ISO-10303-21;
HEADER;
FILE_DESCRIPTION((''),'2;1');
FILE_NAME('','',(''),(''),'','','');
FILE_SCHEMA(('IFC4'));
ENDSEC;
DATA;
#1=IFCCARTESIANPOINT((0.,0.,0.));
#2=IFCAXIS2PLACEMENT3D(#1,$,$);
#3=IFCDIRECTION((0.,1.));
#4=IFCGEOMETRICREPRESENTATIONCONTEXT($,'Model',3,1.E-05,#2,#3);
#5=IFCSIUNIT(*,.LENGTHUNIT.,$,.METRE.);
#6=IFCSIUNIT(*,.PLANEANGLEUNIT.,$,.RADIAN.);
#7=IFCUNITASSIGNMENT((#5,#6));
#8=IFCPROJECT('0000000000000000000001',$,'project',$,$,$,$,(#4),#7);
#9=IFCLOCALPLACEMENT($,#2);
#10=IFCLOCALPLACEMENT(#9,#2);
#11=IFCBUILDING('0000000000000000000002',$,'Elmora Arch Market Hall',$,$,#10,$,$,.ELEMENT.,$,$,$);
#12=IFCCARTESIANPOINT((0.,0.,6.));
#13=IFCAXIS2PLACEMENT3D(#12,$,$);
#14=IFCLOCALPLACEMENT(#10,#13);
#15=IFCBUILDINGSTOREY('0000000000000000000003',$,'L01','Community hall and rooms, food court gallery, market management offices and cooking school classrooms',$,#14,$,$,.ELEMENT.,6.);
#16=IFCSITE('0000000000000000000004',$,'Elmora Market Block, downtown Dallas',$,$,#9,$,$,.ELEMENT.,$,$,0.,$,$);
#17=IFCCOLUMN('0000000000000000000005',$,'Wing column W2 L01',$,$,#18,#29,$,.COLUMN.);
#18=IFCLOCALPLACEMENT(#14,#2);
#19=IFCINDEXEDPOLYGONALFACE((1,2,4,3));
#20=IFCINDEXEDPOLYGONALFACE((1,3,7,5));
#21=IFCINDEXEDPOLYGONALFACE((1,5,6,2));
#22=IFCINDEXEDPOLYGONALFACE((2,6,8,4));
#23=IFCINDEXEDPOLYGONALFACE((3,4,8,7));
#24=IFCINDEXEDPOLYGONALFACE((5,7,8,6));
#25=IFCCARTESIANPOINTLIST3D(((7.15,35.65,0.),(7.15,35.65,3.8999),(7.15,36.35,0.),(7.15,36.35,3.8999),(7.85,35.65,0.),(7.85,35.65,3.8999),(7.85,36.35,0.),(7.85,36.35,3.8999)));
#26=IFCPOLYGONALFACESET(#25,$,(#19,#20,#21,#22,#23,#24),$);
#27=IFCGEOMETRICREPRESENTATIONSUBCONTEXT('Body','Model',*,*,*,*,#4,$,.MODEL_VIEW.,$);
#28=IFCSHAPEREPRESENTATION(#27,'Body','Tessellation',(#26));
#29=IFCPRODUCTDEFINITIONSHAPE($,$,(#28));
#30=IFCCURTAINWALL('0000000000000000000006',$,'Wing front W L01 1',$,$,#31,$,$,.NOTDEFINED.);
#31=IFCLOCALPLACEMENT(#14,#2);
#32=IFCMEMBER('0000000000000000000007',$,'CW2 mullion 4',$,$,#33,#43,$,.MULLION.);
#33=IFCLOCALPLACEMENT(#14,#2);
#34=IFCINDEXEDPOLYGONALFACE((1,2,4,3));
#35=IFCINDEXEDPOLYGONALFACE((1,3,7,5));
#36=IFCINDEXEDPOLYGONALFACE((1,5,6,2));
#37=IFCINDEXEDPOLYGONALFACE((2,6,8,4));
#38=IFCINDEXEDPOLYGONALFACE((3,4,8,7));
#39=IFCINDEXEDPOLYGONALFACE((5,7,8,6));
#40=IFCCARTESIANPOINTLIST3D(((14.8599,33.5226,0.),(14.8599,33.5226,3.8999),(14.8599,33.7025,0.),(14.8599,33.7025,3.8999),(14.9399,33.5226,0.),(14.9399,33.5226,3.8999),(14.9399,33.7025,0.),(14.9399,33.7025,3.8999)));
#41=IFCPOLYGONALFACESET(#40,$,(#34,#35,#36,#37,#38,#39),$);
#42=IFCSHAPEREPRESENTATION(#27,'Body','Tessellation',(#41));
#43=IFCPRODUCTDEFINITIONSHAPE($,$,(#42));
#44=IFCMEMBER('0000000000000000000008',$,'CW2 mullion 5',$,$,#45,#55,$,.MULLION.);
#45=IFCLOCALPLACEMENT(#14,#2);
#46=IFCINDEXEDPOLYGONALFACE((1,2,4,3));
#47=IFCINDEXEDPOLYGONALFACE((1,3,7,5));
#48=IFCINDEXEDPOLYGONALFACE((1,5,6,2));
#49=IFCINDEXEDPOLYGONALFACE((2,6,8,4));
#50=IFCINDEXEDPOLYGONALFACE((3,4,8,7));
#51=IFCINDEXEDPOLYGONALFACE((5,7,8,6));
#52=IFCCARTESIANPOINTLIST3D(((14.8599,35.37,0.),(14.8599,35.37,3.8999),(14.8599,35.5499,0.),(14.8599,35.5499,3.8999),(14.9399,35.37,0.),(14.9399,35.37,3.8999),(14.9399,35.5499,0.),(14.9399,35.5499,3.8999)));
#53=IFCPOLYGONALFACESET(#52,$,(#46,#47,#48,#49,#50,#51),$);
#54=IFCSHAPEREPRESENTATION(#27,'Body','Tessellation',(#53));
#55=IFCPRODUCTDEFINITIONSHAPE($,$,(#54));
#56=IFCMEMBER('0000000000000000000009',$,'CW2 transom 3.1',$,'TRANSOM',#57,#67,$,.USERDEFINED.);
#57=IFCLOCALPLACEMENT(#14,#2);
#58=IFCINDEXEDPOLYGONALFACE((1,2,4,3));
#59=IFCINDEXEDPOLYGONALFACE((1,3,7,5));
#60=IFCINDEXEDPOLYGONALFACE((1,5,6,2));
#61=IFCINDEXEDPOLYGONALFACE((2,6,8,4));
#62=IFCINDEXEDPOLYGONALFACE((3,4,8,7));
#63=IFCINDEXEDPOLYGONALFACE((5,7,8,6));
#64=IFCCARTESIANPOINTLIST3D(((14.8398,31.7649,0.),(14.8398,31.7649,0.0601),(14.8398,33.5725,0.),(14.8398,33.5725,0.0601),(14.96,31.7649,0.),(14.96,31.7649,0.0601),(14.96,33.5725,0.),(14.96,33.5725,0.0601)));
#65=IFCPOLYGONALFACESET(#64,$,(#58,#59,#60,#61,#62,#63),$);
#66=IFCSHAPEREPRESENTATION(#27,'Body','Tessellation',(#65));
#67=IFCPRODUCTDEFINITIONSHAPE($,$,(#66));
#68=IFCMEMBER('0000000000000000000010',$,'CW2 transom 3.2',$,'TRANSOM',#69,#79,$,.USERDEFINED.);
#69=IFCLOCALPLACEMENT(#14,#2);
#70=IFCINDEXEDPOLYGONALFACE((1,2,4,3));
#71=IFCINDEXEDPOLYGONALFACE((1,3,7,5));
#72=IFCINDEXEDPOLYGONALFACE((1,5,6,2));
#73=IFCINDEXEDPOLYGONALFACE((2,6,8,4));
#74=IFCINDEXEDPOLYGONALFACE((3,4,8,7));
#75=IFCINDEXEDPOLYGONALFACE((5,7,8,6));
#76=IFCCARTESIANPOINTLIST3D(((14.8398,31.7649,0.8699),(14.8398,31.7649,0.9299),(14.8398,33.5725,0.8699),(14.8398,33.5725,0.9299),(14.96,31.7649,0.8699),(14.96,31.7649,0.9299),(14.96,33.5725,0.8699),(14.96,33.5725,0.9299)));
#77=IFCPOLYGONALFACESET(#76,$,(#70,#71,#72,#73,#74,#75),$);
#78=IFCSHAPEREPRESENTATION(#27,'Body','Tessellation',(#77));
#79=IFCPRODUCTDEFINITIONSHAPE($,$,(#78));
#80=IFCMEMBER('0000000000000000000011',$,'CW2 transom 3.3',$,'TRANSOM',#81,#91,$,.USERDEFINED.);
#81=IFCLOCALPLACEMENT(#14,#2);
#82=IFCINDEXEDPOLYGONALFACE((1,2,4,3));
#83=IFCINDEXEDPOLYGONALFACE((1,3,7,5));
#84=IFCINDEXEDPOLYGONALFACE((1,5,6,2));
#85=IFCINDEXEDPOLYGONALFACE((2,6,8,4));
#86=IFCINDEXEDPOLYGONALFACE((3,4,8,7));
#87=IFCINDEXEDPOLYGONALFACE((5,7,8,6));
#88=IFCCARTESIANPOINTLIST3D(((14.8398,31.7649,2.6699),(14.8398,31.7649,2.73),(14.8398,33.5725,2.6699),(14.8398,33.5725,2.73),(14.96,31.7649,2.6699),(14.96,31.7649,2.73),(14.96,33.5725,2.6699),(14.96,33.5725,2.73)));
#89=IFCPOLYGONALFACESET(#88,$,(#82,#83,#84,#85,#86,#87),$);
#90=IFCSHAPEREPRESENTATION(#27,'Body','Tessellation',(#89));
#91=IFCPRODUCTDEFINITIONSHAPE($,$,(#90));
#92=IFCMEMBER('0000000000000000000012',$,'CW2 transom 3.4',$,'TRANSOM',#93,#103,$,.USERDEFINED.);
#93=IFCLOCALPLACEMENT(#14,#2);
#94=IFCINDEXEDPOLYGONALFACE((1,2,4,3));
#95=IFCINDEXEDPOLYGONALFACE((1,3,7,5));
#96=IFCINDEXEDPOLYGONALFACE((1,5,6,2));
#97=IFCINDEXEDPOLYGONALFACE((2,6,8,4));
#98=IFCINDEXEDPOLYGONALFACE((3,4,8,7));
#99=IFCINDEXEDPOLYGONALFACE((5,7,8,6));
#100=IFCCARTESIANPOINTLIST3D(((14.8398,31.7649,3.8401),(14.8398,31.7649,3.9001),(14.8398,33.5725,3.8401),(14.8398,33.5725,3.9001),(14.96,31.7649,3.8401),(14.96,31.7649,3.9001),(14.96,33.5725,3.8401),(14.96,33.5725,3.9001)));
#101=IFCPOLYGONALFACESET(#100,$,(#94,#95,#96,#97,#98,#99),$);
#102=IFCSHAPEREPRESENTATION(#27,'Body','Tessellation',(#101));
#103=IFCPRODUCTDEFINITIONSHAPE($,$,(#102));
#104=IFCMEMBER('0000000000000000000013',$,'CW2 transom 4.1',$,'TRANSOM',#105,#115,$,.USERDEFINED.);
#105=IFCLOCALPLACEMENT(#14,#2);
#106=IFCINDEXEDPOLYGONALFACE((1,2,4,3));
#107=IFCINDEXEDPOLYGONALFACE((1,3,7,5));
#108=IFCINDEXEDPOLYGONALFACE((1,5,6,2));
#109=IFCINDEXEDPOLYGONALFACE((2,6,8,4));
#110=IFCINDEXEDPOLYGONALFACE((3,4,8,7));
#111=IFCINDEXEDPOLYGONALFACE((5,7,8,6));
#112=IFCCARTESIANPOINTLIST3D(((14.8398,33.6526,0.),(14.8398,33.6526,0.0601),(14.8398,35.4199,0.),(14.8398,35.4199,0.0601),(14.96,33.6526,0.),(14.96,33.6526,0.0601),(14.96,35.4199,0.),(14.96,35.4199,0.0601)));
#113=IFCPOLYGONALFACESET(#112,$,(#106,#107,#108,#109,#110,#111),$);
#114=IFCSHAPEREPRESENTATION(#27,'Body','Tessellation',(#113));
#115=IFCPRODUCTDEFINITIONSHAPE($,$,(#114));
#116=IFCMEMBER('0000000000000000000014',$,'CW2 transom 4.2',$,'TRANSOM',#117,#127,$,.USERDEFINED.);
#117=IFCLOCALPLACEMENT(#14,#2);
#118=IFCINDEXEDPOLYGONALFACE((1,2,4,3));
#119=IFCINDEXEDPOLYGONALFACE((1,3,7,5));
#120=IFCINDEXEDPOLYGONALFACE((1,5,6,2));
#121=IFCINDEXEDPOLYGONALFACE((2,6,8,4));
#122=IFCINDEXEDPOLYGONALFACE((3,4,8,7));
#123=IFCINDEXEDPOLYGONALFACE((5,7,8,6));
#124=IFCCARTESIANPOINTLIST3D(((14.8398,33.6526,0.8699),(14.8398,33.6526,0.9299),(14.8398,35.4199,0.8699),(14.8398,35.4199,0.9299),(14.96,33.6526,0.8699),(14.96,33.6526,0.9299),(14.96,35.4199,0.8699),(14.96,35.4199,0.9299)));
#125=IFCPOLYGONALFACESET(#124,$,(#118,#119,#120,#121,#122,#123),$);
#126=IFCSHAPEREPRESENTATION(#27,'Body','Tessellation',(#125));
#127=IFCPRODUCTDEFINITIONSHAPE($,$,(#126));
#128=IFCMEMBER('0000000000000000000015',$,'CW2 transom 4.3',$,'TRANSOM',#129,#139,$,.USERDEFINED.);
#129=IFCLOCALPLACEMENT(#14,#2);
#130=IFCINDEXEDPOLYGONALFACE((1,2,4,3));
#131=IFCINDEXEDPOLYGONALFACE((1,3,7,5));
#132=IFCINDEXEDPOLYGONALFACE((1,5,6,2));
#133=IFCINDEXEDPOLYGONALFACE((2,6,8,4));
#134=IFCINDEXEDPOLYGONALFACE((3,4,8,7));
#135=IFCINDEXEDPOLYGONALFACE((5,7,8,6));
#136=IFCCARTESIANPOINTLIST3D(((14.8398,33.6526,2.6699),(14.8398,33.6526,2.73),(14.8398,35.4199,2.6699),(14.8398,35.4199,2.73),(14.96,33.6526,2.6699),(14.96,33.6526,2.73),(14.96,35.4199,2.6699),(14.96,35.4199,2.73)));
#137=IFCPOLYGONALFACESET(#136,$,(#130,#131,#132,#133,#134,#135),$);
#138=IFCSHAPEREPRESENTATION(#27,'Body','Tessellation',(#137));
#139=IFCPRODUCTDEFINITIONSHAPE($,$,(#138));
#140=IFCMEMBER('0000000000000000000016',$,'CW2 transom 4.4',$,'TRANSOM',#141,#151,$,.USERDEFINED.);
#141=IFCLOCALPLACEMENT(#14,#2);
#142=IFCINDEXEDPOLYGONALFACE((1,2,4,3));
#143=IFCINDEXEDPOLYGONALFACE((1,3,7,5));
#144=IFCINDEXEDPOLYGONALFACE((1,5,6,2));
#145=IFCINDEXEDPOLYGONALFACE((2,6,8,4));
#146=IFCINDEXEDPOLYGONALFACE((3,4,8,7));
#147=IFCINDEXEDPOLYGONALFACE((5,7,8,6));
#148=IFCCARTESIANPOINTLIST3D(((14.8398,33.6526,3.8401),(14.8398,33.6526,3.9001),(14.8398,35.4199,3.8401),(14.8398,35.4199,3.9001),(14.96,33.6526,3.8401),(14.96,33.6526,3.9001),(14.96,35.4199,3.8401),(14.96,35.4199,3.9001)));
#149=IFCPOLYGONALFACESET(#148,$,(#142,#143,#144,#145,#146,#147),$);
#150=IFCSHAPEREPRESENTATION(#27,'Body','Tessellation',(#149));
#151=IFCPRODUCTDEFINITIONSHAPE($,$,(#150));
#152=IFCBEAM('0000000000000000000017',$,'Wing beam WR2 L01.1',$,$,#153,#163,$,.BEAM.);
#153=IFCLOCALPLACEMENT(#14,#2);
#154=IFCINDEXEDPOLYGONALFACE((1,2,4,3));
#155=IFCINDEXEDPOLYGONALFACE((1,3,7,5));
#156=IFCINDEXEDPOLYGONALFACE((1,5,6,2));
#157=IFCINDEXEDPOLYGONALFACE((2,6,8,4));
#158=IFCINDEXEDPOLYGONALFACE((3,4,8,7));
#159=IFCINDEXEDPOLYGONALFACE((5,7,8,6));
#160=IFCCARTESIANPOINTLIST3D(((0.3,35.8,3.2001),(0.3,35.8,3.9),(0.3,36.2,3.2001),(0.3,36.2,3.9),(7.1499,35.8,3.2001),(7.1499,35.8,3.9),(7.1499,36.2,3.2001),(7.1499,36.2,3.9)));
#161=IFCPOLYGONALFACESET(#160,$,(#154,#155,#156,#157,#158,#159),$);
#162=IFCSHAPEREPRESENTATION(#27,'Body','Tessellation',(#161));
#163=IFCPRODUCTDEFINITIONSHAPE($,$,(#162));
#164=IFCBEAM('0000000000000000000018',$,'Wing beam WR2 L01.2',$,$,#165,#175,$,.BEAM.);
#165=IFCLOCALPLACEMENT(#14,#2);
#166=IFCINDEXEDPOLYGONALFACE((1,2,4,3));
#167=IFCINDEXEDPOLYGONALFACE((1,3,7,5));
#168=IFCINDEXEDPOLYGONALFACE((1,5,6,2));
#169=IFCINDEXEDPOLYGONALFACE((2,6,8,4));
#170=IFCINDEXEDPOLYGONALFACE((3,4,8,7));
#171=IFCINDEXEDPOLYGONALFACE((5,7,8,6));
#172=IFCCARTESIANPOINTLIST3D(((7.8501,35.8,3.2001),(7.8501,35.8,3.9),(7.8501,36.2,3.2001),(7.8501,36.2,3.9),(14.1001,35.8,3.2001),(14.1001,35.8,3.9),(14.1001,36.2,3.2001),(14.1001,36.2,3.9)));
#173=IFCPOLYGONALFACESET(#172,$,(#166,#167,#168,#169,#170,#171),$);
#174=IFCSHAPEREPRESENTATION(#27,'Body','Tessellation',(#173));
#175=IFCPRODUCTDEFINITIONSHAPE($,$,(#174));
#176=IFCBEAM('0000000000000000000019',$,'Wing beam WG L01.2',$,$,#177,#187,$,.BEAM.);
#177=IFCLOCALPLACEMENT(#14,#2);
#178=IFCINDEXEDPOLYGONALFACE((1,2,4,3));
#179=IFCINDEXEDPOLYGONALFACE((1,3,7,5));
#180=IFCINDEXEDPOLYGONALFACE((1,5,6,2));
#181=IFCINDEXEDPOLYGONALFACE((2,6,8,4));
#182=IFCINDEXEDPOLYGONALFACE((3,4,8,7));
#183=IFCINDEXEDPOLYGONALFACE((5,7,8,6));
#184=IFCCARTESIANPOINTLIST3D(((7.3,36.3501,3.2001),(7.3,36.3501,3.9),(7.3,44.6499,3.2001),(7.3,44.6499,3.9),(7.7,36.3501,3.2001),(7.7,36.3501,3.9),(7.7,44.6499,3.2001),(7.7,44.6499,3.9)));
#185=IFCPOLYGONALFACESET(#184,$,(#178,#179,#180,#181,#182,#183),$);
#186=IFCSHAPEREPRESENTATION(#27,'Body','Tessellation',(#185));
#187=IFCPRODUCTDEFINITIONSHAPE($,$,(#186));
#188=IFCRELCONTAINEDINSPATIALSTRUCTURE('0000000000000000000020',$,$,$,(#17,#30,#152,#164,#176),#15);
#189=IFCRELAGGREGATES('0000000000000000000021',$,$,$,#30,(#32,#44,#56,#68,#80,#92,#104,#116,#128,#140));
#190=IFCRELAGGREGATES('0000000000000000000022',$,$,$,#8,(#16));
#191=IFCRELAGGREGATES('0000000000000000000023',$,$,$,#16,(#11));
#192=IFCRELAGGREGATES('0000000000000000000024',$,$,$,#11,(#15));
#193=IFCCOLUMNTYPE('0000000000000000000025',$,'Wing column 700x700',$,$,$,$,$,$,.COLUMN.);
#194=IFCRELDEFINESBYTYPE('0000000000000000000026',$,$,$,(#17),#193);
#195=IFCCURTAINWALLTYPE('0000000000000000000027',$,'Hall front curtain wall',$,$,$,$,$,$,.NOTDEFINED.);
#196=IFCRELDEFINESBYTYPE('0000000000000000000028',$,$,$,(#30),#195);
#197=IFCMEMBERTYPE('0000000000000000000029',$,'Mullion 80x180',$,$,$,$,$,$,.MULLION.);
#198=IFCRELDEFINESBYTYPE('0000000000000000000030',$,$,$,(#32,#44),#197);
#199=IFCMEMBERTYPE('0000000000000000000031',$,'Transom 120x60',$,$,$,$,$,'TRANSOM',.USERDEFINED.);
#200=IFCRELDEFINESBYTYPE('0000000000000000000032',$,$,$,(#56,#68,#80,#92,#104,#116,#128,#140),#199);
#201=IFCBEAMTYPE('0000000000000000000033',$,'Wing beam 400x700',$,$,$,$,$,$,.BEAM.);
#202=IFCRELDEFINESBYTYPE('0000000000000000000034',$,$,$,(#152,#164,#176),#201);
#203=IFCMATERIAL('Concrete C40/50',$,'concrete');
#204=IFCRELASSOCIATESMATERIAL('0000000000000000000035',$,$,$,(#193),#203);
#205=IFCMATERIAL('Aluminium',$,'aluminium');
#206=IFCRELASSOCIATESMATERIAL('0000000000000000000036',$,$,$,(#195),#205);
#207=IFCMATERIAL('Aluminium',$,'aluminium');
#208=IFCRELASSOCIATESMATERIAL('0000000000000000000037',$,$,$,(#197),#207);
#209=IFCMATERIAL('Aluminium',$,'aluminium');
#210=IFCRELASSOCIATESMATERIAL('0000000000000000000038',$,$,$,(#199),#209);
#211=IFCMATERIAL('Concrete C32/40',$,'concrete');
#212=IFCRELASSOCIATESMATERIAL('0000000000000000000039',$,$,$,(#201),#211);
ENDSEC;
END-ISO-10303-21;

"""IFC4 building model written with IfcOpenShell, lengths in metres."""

from ifc_helpers import new_model, si_unit, direction, frame, origin, origin_2d, place, context, subcontext, project, spatial, rectangle, extrude, material, material_profile, profile_set, type_object, element, aggregate, save


model = new_model("IFC4")

# Units and contexts
model_context = context("Model", 3, precision=1e-05, world=origin(), true_north=direction((0.0, 1.0)))
body_context = subcontext(model_context, "Body", "Model", "MODEL_VIEW")
ifc_project = project(units=[si_unit("LENGTHUNIT", "METRE"), si_unit("PLANEANGLEUNIT", "RADIAN")], contexts=[model_context])

# Site, building, storey
site_placement = place(None, origin())
site = spatial("IfcSite", under=ifc_project, at=site_placement, Name="Elmora Market Block, downtown Dallas", CompositionType="ELEMENT", RefElevation=0.0)
building_placement = place(site_placement, origin())
building = spatial("IfcBuilding", under=site, at=building_placement, Name="Elmora Arch Market Hall", CompositionType="ELEMENT")
storey_placement = place(building_placement, frame((0.0, 0.0, 6.0)))
storey = spatial("IfcBuildingStorey", under=building, at=storey_placement, Name="L01", Description="Community hall and rooms, food court gallery, market management offices and cooking school classrooms", CompositionType="ELEMENT", Elevation=6.0)

# Column
ifc_material_1 = material(Name="Concrete C40/50", Category="concrete")
ifc_material_profile_1 = material_profile(ifc_material_1, rectangle(XDim=0.7, YDim=0.7, at=origin_2d()), Name="Wing column 700x700")
ifc_profile_set_1 = profile_set([ifc_material_profile_1], Name="Concrete C40/50")
column_type = type_object("IfcColumnType", Name="Wing column 700x700", PredefinedType="COLUMN", material=ifc_profile_set_1)
column_placement = place(storey_placement, frame((7.5, 36.0, 0.0), z_axis=(0.0, 0.0, 1.0), x_axis=(1.0, 0.0, 0.0)))
element("IfcColumn", 1, at=column_placement, inside=storey, type_object=column_type, Name="Wing column W2 L01", PredefinedType="COLUMN", context=body_context, shape_type="SweptSolid", body=[
    extrude(rectangle(XDim=0.7, YDim=0.7, at=origin_2d()), origin(), (0.0, 0.0, 1.0), 3.8999),
])

# Curtain wall, members
ifc_material_2 = material(Name="Aluminium", Category="aluminium")
curtain_wall_type = type_object("IfcCurtainWallType", Name="Hall front curtain wall", PredefinedType="NOTDEFINED", material=ifc_material_2)
curtain_wall_placement = place(storey_placement, origin())
curtain_wall = element("IfcCurtainWall", 2, at=curtain_wall_placement, inside=storey, type_object=curtain_wall_type, Name="Wing front W L01 1", PredefinedType="NOTDEFINED")
ifc_material_3 = material(Name="Aluminium", Category="aluminium")
ifc_material_profile_2 = material_profile(ifc_material_3, rectangle(XDim=0.0801, YDim=0.1799, at=origin_2d()), Name="AL 80x180")
ifc_profile_set_2 = profile_set([ifc_material_profile_2], Name="Aluminium")
member_type_1 = type_object("IfcMemberType", Name="Mullion 80x180", PredefinedType="MULLION", material=ifc_profile_set_2)
member_1_placement = place(storey_placement, frame((14.8999, 33.6125, 0.0), z_axis=(0.0, 0.0, 1.0), x_axis=(-1.0, 0.0, 0.0)))
member_1 = element("IfcMember", 3, at=member_1_placement, type_object=member_type_1, Name="CW2 mullion 4", PredefinedType="MULLION", context=body_context, shape_type="SweptSolid", body=[
    extrude(rectangle(XDim=0.0801, YDim=0.1799, at=origin_2d()), origin(), (0.0, 0.0, 1.0), 3.8999),
])
member_2_placement = place(storey_placement, frame((14.8999, 35.46, 0.0), z_axis=(0.0, 0.0, 1.0), x_axis=(-1.0, 0.0, 0.0)))
member_2 = element("IfcMember", 4, at=member_2_placement, type_object=member_type_1, Name="CW2 mullion 5", PredefinedType="MULLION", context=body_context, shape_type="SweptSolid", body=[
    extrude(rectangle(XDim=0.0801, YDim=0.1799, at=origin_2d()), origin(), (0.0, 0.0, 1.0), 3.8999),
])
ifc_material_4 = material(Name="Aluminium", Category="aluminium")
ifc_material_profile_3 = material_profile(ifc_material_4, rectangle(XDim=0.1201, YDim=0.0601, at=origin_2d()), Name="AL 120x60")
ifc_profile_set_3 = profile_set([ifc_material_profile_3], Name="Aluminium")
member_type_2 = type_object("IfcMemberType", Name="Transom 120x60", ElementType="TRANSOM", PredefinedType="USERDEFINED", material=ifc_profile_set_3)
member_3_placement = place(storey_placement, frame((14.8999, 31.7649, 0.03), z_axis=(0.0, 1.0, 0.0), x_axis=(-1.0, 0.0, 0.0)))
member_3 = element("IfcMember", 5, at=member_3_placement, type_object=member_type_2, Name="CW2 transom 3.1", ObjectType="TRANSOM", PredefinedType="USERDEFINED", context=body_context, shape_type="SweptSolid", body=[
    extrude(rectangle(XDim=0.1201, YDim=0.0601, at=origin_2d()), origin(), (0.0, 0.0, 1.0), 1.8076),
])
member_4_placement = place(storey_placement, frame((14.8999, 31.7649, 0.8999), z_axis=(0.0, 1.0, 0.0), x_axis=(-1.0, 0.0, 0.0)))
member_4 = element("IfcMember", 6, at=member_4_placement, type_object=member_type_2, Name="CW2 transom 3.2", ObjectType="TRANSOM", PredefinedType="USERDEFINED", context=body_context, shape_type="SweptSolid", body=[
    extrude(rectangle(XDim=0.1201, YDim=0.0601, at=origin_2d()), origin(), (0.0, 0.0, 1.0), 1.8076),
])
member_5_placement = place(storey_placement, frame((14.8999, 31.7649, 2.7), z_axis=(0.0, 1.0, 0.0), x_axis=(-1.0, 0.0, 0.0)))
member_5 = element("IfcMember", 7, at=member_5_placement, type_object=member_type_2, Name="CW2 transom 3.3", ObjectType="TRANSOM", PredefinedType="USERDEFINED", context=body_context, shape_type="SweptSolid", body=[
    extrude(rectangle(XDim=0.1201, YDim=0.0601, at=origin_2d()), origin(), (0.0, 0.0, 1.0), 1.8076),
])
member_6_placement = place(storey_placement, frame((14.8999, 31.7649, 3.8701), z_axis=(0.0, 1.0, 0.0), x_axis=(-1.0, 0.0, 0.0)))
member_6 = element("IfcMember", 8, at=member_6_placement, type_object=member_type_2, Name="CW2 transom 3.4", ObjectType="TRANSOM", PredefinedType="USERDEFINED", context=body_context, shape_type="SweptSolid", body=[
    extrude(rectangle(XDim=0.1201, YDim=0.0601, at=origin_2d()), origin(), (0.0, 0.0, 1.0), 1.8076),
])
member_7_placement = place(storey_placement, frame((14.8999, 33.6526, 0.03), z_axis=(0.0, 1.0, 0.0), x_axis=(-1.0, 0.0, 0.0)))
member_7 = element("IfcMember", 9, at=member_7_placement, type_object=member_type_2, Name="CW2 transom 4.1", ObjectType="TRANSOM", PredefinedType="USERDEFINED", context=body_context, shape_type="SweptSolid", body=[
    extrude(rectangle(XDim=0.1201, YDim=0.0601, at=origin_2d()), origin(), (0.0, 0.0, 1.0), 1.7673),
])
member_8_placement = place(storey_placement, frame((14.8999, 33.6526, 0.8999), z_axis=(0.0, 1.0, 0.0), x_axis=(-1.0, 0.0, 0.0)))
member_8 = element("IfcMember", 10, at=member_8_placement, type_object=member_type_2, Name="CW2 transom 4.2", ObjectType="TRANSOM", PredefinedType="USERDEFINED", context=body_context, shape_type="SweptSolid", body=[
    extrude(rectangle(XDim=0.1201, YDim=0.0601, at=origin_2d()), origin(), (0.0, 0.0, 1.0), 1.7673),
])
member_9_placement = place(storey_placement, frame((14.8999, 33.6526, 2.7), z_axis=(0.0, 1.0, 0.0), x_axis=(-1.0, 0.0, 0.0)))
member_9 = element("IfcMember", 11, at=member_9_placement, type_object=member_type_2, Name="CW2 transom 4.3", ObjectType="TRANSOM", PredefinedType="USERDEFINED", context=body_context, shape_type="SweptSolid", body=[
    extrude(rectangle(XDim=0.1201, YDim=0.0601, at=origin_2d()), origin(), (0.0, 0.0, 1.0), 1.7673),
])
member_10_placement = place(storey_placement, frame((14.8999, 33.6526, 3.8701), z_axis=(0.0, 1.0, 0.0), x_axis=(-1.0, 0.0, 0.0)))
member_10 = element("IfcMember", 12, at=member_10_placement, type_object=member_type_2, Name="CW2 transom 4.4", ObjectType="TRANSOM", PredefinedType="USERDEFINED", context=body_context, shape_type="SweptSolid", body=[
    extrude(rectangle(XDim=0.1201, YDim=0.0601, at=origin_2d()), origin(), (0.0, 0.0, 1.0), 1.7673),
])

# Beams
ifc_material_5 = material(Name="Concrete C32/40", Category="concrete")
ifc_material_profile_4 = material_profile(ifc_material_5, rectangle(XDim=0.3999, YDim=0.7, at=origin_2d()), Name="Wing beam 400x700")
ifc_profile_set_4 = profile_set([ifc_material_profile_4], Name="Concrete C32/40")
beam_type = type_object("IfcBeamType", Name="Wing beam 400x700", PredefinedType="BEAM", material=ifc_profile_set_4)
beam_1_placement = place(storey_placement, frame((0.3, 36.0, 3.55), z_axis=(1.0, 0.0, 0.0), x_axis=(0.0, 1.0, 0.0)))
element("IfcBeam", 13, at=beam_1_placement, inside=storey, type_object=beam_type, Name="Wing beam WR2 L01.1", PredefinedType="BEAM", context=body_context, shape_type="SweptSolid", body=[
    extrude(rectangle(XDim=0.3999, YDim=0.7, at=origin_2d()), origin(), (0.0, 0.0, 1.0), 6.8499),
])
beam_2_placement = place(storey_placement, frame((7.8501, 36.0, 3.55), z_axis=(1.0, 0.0, 0.0), x_axis=(0.0, 1.0, 0.0)))
element("IfcBeam", 14, at=beam_2_placement, inside=storey, type_object=beam_type, Name="Wing beam WR2 L01.2", PredefinedType="BEAM", context=body_context, shape_type="SweptSolid", body=[
    extrude(rectangle(XDim=0.3999, YDim=0.7, at=origin_2d()), origin(), (0.0, 0.0, 1.0), 6.25),
])
beam_3_placement = place(storey_placement, frame((7.5, 36.3501, 3.55), z_axis=(0.0, 1.0, 0.0), x_axis=(-1.0, 0.0, 0.0)))
element("IfcBeam", 15, at=beam_3_placement, inside=storey, type_object=beam_type, Name="Wing beam WG L01.2", PredefinedType="BEAM", context=body_context, shape_type="SweptSolid", body=[
    extrude(rectangle(XDim=0.3999, YDim=0.7, at=origin_2d()), origin(), (0.0, 0.0, 1.0), 8.2998),
])

aggregate(curtain_wall, [member_1, member_2, member_3, member_4, member_5, member_6, member_7, member_8, member_9, member_10])

save(model, "model.ifc")
